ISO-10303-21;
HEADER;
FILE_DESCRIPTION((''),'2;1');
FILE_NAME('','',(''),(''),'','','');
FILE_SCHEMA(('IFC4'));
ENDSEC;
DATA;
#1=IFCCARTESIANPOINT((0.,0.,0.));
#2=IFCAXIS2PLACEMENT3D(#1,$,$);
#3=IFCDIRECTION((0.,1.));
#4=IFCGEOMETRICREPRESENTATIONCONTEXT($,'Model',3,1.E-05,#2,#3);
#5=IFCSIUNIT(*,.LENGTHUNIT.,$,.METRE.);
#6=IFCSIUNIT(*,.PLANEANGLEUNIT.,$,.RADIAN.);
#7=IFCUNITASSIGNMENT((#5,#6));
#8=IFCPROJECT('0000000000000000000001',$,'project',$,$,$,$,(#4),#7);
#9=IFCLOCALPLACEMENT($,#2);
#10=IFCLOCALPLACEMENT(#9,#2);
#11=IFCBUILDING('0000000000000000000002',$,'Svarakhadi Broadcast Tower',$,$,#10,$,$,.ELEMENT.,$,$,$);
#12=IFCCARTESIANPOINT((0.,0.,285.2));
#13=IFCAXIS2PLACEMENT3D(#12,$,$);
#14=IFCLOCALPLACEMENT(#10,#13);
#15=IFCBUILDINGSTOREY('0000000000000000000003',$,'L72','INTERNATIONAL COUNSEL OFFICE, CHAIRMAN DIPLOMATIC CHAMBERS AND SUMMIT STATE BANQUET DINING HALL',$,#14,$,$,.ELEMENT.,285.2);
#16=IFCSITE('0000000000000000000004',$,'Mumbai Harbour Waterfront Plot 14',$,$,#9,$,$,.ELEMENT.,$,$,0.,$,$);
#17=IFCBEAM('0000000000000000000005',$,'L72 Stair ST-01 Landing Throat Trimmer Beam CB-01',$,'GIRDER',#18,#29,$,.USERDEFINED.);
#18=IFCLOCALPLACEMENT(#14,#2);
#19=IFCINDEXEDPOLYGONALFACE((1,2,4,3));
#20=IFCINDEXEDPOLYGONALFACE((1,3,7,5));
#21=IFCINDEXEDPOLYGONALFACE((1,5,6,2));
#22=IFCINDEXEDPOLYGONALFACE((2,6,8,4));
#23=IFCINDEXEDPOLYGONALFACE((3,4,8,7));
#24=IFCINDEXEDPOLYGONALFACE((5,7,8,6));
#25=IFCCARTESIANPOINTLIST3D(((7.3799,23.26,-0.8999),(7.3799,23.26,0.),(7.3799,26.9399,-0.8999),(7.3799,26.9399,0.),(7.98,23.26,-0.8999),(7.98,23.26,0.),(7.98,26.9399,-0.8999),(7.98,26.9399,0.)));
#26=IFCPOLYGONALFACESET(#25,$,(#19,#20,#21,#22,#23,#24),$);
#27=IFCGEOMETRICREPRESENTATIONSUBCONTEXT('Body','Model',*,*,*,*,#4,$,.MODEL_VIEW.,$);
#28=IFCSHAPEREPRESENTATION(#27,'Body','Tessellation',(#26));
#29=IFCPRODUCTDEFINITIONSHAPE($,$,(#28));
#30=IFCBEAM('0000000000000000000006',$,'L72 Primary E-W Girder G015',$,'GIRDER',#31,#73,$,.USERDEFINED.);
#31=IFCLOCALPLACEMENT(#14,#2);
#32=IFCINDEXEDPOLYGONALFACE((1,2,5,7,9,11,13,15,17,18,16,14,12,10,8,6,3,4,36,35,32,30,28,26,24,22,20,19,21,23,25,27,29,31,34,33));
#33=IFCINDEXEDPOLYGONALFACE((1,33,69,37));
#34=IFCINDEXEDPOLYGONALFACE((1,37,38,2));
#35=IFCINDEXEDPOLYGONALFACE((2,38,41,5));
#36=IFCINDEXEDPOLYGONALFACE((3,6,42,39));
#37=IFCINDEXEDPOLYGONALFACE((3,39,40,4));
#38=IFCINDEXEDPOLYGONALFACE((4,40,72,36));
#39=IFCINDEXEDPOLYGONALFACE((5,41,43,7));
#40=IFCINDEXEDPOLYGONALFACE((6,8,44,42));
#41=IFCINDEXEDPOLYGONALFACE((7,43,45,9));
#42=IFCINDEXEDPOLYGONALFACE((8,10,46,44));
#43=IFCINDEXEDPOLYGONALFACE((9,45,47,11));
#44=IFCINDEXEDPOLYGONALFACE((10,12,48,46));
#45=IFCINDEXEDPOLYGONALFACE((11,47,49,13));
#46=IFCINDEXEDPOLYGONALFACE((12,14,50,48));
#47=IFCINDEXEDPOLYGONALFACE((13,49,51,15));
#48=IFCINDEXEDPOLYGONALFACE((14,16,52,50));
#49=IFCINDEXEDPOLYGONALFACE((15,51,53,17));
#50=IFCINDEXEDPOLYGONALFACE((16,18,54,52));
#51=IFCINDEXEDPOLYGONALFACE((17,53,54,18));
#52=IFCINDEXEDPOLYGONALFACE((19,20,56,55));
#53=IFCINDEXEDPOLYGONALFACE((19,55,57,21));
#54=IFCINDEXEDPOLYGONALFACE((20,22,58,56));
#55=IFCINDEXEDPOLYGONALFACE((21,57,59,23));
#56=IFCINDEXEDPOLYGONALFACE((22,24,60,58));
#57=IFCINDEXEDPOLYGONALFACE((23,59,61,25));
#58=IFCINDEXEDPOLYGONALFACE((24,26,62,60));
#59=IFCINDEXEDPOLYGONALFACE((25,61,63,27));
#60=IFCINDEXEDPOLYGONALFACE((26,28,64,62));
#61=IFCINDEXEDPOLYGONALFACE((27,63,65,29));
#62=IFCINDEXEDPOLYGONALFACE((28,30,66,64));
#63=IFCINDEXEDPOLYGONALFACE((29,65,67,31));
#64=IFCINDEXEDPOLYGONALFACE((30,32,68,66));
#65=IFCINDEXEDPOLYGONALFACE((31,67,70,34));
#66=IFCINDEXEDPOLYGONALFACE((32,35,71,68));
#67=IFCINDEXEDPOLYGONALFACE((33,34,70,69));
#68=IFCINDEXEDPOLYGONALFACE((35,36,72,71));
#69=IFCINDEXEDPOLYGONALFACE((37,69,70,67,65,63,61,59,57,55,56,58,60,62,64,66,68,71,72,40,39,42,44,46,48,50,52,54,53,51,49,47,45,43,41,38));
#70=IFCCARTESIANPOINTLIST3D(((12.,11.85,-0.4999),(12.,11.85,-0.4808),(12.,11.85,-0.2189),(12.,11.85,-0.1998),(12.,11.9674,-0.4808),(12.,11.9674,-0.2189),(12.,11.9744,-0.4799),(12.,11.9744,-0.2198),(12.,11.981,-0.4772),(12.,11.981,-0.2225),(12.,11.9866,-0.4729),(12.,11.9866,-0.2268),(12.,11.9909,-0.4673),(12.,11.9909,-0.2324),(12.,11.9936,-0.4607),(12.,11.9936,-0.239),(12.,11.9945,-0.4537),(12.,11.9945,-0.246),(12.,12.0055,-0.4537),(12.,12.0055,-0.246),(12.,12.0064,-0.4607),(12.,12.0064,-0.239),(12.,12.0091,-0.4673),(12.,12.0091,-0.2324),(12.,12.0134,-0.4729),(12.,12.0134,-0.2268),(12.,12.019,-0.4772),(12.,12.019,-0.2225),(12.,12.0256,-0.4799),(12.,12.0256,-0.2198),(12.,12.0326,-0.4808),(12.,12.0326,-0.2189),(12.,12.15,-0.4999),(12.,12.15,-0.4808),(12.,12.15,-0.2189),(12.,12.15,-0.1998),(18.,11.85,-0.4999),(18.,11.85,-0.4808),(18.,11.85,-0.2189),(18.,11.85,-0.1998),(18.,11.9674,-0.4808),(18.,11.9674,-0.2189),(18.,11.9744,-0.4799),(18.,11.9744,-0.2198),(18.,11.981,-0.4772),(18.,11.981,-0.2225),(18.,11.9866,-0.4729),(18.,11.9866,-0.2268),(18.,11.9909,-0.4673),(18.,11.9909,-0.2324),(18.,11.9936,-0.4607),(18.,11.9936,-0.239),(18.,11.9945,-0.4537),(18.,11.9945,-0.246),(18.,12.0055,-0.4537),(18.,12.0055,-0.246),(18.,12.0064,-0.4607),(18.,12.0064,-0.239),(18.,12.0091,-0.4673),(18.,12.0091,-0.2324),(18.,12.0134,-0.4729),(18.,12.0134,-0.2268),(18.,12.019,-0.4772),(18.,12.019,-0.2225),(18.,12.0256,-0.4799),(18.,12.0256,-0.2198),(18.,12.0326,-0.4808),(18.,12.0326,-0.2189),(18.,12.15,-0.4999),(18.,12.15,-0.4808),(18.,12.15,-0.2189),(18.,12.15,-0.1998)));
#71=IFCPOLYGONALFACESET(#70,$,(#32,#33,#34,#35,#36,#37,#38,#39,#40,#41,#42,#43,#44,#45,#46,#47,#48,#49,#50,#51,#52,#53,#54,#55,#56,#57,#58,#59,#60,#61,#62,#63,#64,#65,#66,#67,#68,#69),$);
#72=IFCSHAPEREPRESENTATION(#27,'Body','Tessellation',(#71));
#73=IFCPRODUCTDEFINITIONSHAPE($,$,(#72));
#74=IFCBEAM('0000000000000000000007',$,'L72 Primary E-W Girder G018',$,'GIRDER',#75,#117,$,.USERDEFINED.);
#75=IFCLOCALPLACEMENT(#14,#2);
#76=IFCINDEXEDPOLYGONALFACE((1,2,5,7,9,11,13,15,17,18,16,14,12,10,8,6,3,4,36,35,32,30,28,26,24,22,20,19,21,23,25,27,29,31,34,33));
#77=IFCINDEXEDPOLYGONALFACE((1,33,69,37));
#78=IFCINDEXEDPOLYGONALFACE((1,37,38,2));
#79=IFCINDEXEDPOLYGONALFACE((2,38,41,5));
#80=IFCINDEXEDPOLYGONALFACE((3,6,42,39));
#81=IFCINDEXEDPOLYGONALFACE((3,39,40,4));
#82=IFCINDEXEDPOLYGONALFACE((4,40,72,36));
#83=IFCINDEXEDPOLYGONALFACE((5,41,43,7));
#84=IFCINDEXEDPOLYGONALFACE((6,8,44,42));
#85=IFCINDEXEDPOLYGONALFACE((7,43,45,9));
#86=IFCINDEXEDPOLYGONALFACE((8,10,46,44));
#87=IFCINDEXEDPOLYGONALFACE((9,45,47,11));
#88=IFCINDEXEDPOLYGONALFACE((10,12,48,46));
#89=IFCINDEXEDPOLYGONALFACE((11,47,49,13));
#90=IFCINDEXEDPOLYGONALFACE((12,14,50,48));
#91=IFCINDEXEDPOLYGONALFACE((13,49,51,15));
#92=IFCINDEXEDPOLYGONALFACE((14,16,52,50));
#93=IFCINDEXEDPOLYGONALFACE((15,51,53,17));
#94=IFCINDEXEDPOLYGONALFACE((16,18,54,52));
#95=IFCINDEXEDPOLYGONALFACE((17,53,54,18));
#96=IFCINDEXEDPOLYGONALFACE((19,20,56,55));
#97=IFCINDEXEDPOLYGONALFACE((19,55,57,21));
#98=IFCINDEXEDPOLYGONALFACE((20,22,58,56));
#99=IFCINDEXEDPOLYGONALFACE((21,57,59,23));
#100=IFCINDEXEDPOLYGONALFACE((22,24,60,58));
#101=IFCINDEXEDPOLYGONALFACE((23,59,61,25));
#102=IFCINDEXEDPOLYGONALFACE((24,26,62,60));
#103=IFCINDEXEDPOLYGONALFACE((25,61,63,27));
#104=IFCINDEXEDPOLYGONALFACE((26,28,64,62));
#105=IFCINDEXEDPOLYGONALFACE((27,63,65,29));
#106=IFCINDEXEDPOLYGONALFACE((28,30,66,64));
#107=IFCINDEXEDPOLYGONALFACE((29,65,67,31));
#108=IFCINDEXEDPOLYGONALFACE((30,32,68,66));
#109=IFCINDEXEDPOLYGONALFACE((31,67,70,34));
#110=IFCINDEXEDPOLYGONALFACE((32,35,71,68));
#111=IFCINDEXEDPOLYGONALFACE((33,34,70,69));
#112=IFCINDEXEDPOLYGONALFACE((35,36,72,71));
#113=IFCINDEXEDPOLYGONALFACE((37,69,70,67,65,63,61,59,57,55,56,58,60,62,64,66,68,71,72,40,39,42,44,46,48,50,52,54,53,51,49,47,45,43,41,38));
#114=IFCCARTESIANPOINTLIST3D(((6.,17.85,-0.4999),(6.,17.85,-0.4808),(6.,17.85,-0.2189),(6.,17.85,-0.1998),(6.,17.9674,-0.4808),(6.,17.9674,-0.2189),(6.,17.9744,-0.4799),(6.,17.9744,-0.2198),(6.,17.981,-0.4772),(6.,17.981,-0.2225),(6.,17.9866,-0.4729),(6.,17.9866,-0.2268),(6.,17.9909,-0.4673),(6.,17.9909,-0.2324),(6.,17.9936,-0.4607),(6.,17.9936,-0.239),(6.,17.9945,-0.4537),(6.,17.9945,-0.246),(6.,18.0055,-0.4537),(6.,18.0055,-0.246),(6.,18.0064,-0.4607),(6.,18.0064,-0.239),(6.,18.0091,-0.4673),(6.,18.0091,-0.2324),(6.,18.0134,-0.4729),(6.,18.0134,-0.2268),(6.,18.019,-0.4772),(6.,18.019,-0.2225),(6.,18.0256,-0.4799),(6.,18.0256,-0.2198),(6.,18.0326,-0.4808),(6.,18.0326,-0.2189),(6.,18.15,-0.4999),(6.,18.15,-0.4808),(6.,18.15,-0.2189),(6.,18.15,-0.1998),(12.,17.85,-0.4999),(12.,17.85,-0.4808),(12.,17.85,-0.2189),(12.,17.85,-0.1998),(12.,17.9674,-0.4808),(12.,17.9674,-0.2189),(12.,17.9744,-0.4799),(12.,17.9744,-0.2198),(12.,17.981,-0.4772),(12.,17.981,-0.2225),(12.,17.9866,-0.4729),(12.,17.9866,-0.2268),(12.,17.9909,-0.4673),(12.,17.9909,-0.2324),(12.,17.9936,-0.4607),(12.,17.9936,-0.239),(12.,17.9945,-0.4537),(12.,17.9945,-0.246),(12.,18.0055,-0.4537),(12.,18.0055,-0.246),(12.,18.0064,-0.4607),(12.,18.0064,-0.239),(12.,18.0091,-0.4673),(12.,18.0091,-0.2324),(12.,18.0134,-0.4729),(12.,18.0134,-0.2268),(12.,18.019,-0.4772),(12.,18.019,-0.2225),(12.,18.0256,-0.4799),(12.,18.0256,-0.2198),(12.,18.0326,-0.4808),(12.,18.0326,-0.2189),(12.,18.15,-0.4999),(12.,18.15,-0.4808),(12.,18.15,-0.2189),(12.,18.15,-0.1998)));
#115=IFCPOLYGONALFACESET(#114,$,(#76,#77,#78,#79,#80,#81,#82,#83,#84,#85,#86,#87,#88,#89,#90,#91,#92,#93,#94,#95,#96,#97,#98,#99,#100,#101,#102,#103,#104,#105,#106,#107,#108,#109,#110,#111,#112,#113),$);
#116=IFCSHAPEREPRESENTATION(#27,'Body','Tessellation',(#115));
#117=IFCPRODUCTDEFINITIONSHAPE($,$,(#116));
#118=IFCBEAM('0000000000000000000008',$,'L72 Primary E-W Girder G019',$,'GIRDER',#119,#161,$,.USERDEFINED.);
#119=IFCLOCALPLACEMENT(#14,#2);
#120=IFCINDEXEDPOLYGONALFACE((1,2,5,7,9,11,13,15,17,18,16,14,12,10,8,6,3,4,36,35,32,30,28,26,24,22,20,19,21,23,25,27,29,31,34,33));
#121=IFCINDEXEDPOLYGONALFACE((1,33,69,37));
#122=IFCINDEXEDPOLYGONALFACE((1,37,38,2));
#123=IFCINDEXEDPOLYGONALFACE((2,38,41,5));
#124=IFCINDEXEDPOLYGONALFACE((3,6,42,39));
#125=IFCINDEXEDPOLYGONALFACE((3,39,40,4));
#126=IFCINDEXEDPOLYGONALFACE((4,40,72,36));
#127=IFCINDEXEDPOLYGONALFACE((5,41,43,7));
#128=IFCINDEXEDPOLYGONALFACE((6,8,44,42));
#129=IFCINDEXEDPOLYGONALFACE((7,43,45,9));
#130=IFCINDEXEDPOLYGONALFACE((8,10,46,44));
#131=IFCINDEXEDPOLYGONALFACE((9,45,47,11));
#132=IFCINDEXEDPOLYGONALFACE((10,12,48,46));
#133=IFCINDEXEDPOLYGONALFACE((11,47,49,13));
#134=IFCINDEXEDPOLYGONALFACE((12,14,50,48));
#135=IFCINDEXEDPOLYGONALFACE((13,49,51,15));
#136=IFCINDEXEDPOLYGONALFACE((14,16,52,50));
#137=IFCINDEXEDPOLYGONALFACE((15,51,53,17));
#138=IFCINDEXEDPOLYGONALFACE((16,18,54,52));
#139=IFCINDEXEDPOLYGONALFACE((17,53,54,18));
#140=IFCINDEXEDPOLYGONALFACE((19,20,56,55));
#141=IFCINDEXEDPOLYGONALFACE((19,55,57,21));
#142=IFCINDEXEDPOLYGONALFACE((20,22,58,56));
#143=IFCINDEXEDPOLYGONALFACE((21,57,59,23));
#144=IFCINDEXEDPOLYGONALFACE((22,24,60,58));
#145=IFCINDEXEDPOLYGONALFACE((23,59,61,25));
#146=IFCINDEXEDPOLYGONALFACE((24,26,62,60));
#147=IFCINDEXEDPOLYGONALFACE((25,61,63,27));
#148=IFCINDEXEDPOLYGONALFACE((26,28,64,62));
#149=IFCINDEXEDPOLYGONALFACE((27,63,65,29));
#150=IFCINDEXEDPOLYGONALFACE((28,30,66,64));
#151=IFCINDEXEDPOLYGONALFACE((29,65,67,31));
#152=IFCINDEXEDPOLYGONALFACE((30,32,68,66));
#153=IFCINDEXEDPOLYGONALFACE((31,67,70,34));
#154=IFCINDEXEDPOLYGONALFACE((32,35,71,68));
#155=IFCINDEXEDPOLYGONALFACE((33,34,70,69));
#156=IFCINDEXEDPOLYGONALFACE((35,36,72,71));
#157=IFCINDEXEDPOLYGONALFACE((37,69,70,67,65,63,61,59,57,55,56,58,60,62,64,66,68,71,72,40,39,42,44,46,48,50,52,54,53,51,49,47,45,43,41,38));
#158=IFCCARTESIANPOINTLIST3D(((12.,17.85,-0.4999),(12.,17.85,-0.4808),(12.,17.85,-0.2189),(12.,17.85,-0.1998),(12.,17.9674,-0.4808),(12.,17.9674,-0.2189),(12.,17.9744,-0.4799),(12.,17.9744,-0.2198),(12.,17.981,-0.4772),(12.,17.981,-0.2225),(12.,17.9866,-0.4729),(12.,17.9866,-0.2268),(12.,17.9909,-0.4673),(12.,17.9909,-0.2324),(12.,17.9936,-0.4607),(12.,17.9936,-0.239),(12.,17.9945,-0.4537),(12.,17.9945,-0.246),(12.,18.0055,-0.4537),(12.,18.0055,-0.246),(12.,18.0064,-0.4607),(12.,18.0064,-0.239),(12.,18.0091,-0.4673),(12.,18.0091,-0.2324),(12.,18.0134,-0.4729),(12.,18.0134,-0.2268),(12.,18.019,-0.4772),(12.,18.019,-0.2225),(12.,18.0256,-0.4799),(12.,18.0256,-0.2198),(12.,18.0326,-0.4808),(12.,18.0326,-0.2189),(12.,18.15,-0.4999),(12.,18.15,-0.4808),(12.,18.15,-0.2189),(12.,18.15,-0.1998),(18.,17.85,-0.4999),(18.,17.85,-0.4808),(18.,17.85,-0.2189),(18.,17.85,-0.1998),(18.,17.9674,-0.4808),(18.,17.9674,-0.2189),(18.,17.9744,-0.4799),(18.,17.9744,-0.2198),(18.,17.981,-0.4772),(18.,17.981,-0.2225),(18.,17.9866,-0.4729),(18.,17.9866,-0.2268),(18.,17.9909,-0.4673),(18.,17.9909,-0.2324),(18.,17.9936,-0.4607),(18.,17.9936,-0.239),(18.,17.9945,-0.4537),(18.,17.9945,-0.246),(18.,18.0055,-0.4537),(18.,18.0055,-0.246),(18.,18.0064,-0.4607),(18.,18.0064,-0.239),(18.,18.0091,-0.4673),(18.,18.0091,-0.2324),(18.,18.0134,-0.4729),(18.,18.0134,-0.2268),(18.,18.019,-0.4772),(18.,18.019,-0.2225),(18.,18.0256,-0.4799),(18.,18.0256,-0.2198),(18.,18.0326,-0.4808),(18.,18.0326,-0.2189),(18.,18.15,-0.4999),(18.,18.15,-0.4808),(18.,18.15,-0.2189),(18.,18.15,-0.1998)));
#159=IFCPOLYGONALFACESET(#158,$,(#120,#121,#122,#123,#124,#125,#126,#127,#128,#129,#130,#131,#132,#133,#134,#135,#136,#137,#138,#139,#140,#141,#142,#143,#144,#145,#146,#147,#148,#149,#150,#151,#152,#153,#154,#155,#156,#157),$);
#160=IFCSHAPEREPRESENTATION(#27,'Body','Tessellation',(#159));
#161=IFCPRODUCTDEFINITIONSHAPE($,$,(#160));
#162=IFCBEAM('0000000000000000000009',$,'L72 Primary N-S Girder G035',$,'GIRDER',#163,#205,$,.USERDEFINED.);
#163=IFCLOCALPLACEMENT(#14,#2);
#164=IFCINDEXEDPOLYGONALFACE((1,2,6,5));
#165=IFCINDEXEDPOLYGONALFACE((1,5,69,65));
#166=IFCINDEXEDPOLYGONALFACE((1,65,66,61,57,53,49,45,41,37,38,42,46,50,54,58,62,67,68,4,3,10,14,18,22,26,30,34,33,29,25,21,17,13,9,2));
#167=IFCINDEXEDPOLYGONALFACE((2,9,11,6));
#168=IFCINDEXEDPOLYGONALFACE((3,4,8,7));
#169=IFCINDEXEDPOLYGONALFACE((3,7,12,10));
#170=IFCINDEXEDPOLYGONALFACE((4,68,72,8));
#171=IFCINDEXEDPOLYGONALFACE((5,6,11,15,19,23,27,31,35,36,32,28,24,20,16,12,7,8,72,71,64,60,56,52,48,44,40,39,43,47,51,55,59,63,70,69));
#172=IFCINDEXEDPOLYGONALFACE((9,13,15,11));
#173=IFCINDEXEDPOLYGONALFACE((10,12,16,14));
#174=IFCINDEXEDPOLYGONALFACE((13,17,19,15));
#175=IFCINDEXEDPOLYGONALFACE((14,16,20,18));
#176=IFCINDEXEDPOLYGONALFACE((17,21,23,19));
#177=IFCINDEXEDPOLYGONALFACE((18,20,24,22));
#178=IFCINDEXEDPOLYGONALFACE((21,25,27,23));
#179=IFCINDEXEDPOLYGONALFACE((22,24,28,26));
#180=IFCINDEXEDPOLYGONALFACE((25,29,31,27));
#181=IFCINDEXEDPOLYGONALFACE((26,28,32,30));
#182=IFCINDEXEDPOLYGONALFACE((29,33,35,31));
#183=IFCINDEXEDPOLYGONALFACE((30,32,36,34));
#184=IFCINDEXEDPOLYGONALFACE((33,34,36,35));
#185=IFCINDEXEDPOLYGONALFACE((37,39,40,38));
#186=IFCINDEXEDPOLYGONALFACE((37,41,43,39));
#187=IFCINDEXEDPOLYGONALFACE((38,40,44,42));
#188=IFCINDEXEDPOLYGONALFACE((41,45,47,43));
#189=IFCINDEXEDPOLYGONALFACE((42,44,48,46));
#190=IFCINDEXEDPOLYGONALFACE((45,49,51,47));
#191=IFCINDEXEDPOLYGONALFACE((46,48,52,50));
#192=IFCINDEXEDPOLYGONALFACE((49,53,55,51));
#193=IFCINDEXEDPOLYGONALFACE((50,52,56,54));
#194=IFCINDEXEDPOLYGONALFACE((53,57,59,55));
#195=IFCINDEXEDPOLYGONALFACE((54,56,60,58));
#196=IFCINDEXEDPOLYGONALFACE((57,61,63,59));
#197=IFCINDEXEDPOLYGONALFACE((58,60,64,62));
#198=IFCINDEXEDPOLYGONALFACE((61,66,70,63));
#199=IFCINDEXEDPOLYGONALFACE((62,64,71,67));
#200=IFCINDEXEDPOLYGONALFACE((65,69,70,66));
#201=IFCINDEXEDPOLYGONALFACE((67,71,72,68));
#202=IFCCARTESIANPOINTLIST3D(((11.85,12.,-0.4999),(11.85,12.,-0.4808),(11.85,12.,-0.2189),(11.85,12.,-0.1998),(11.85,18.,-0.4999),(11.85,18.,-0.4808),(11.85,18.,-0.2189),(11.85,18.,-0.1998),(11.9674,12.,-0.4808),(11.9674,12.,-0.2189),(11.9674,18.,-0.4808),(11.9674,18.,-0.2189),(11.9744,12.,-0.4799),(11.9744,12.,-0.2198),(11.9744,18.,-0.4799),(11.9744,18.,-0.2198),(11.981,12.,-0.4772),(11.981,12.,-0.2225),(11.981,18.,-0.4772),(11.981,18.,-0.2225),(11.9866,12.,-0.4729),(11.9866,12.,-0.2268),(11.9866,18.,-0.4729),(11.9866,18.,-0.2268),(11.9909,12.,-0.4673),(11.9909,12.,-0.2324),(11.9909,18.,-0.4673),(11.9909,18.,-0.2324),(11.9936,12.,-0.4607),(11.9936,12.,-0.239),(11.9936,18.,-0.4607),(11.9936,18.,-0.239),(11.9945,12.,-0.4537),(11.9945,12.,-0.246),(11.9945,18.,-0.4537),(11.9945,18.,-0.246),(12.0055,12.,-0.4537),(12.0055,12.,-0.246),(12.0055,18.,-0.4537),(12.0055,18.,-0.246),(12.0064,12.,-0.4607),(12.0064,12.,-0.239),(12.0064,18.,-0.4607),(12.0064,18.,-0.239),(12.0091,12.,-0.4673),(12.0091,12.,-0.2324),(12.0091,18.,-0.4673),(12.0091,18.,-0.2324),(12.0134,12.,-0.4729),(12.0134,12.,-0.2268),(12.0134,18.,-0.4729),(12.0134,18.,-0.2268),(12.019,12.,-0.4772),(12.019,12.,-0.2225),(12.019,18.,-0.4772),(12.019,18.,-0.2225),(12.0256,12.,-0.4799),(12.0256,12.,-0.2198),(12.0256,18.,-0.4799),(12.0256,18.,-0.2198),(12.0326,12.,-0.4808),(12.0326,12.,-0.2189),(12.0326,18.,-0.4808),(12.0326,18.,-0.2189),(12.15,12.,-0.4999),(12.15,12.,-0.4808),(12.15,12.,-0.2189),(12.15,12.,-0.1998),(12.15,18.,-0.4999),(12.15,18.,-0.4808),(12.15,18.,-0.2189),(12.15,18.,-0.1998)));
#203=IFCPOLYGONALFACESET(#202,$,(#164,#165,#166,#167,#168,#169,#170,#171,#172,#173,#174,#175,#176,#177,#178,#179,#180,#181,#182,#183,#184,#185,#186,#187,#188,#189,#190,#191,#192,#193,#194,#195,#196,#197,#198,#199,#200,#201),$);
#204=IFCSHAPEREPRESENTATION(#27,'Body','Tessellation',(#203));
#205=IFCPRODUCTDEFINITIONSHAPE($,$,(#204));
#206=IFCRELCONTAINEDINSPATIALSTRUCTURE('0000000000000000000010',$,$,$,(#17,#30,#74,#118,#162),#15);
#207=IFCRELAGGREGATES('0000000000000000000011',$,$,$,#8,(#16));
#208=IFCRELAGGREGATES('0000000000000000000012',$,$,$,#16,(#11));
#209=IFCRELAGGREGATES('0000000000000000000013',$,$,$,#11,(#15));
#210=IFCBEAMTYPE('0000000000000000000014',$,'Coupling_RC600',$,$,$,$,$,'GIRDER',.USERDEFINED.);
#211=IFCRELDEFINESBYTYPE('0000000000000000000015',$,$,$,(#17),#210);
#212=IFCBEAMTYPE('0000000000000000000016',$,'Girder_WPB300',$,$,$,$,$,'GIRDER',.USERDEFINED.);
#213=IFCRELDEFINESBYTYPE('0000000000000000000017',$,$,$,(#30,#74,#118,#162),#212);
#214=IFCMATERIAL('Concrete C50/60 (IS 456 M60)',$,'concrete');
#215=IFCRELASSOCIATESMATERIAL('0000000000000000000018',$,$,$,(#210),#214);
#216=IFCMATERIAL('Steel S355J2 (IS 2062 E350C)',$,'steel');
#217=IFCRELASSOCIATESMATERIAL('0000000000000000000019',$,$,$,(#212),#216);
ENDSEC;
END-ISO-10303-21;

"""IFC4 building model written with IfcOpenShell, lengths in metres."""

from ifc_helpers import new_model, si_unit, direction, frame, origin, origin_2d, place, context, subcontext, project, spatial, rectangle, i_section, extrude, material, material_profile, profile_set, type_object, element, save


model = new_model("IFC4")

# Units and contexts
model_context = context("Model", 3, precision=1e-05, world=origin(), true_north=direction((0.0, 1.0)))
body_context = subcontext(model_context, "Body", "Model", "MODEL_VIEW")
ifc_project = project(units=[si_unit("LENGTHUNIT", "METRE"), si_unit("PLANEANGLEUNIT", "RADIAN")], contexts=[model_context])

# Site, building, storey
site_placement = place(None, origin())
site = spatial("IfcSite", under=ifc_project, at=site_placement, Name="Mumbai Harbour Waterfront Plot 14", CompositionType="ELEMENT", RefElevation=0.0)
building_placement = place(site_placement, origin())
building = spatial("IfcBuilding", under=site, at=building_placement, Name="Svarakhadi Broadcast Tower", CompositionType="ELEMENT")
storey_placement = place(building_placement, frame((0.0, 0.0, 285.2)))
storey = spatial("IfcBuildingStorey", under=building, at=storey_placement, Name="L72", Description="INTERNATIONAL COUNSEL OFFICE, CHAIRMAN DIPLOMATIC CHAMBERS AND SUMMIT STATE BANQUET DINING HALL", CompositionType="ELEMENT", Elevation=285.2)

# Shared definitions
ifc_material_1 = material(Name="Concrete C50/60 (IS 456 M60)", Category="concrete")

# Beams
ifc_material_2 = material(Name="Steel S355J2 (IS 2062 E350C)", Category="steel")
ifc_material_profile_1 = material_profile(ifc_material_1, rectangle(XDim=0.6001, YDim=0.8999, at=origin_2d()), Name="RC 600x900")
ifc_profile_set_1 = profile_set([ifc_material_profile_1], Name="Concrete C50/60 (IS 456 M60)")
beam_type_1 = type_object("IfcBeamType", Name="Coupling_RC600", ElementType="GIRDER", PredefinedType="USERDEFINED", material=ifc_profile_set_1)
beam_1_placement = place(storey_placement, frame((7.6799, 23.26, -0.45), z_axis=(0.0, 1.0, 0.0), x_axis=(-1.0, 0.0, 0.0)))
element("IfcBeam", 1, at=beam_1_placement, inside=storey, type_object=beam_type_1, Name="L72 Stair ST-01 Landing Throat Trimmer Beam CB-01", ObjectType="GIRDER", PredefinedType="USERDEFINED", context=body_context, shape_type="SweptSolid", body=[
    extrude(rectangle(XDim=0.6001, YDim=0.8999, at=origin_2d()), origin(), (0.0, 0.0, 1.0), 3.6799),
])
ifc_material_profile_2 = material_profile(ifc_material_2, i_section(OverallWidth=0.3, OverallDepth=0.3, WebThickness=0.011, FlangeThickness=0.019, FilletRadius=0.0271, at=origin_2d()), Name="WPB 300x300x117")
ifc_profile_set_2 = profile_set([ifc_material_profile_2], Name="Steel S355J2 (IS 2062 E350C)")
beam_type_2 = type_object("IfcBeamType", Name="Girder_WPB300", ElementType="GIRDER", PredefinedType="USERDEFINED", material=ifc_profile_set_2)
for number, where, z_axis, x_axis, name in (
    (2, (12.0, 12.0, -0.3499), (1.0, 0.0, 0.0), (0.0, 1.0, 0.0), "L72 Primary E-W Girder G015"),
    (3, (6.0, 18.0, -0.3499), (1.0, 0.0, 0.0), (0.0, 1.0, 0.0), "L72 Primary E-W Girder G018"),
    (4, (12.0, 18.0, -0.3499), (1.0, 0.0, 0.0), (0.0, 1.0, 0.0), "L72 Primary E-W Girder G019"),
    (5, (12.0, 12.0, -0.3499), (0.0, 1.0, 0.0), (-1.0, 0.0, 0.0), "L72 Primary N-S Girder G035"),
):
    element("IfcBeam", number, at=place(storey_placement, frame(where, z_axis=z_axis, x_axis=x_axis)), inside=storey, type_object=beam_type_2, Name=name, ObjectType="GIRDER", PredefinedType="USERDEFINED", context=body_context, shape_type="SweptSolid", body=[
        extrude(i_section(OverallWidth=0.3, OverallDepth=0.3, WebThickness=0.011, FlangeThickness=0.019, FilletRadius=0.0271, at=origin_2d()), origin(), (0.0, 0.0, 1.0), 6.0),
    ])

save(model, "model.ifc")
